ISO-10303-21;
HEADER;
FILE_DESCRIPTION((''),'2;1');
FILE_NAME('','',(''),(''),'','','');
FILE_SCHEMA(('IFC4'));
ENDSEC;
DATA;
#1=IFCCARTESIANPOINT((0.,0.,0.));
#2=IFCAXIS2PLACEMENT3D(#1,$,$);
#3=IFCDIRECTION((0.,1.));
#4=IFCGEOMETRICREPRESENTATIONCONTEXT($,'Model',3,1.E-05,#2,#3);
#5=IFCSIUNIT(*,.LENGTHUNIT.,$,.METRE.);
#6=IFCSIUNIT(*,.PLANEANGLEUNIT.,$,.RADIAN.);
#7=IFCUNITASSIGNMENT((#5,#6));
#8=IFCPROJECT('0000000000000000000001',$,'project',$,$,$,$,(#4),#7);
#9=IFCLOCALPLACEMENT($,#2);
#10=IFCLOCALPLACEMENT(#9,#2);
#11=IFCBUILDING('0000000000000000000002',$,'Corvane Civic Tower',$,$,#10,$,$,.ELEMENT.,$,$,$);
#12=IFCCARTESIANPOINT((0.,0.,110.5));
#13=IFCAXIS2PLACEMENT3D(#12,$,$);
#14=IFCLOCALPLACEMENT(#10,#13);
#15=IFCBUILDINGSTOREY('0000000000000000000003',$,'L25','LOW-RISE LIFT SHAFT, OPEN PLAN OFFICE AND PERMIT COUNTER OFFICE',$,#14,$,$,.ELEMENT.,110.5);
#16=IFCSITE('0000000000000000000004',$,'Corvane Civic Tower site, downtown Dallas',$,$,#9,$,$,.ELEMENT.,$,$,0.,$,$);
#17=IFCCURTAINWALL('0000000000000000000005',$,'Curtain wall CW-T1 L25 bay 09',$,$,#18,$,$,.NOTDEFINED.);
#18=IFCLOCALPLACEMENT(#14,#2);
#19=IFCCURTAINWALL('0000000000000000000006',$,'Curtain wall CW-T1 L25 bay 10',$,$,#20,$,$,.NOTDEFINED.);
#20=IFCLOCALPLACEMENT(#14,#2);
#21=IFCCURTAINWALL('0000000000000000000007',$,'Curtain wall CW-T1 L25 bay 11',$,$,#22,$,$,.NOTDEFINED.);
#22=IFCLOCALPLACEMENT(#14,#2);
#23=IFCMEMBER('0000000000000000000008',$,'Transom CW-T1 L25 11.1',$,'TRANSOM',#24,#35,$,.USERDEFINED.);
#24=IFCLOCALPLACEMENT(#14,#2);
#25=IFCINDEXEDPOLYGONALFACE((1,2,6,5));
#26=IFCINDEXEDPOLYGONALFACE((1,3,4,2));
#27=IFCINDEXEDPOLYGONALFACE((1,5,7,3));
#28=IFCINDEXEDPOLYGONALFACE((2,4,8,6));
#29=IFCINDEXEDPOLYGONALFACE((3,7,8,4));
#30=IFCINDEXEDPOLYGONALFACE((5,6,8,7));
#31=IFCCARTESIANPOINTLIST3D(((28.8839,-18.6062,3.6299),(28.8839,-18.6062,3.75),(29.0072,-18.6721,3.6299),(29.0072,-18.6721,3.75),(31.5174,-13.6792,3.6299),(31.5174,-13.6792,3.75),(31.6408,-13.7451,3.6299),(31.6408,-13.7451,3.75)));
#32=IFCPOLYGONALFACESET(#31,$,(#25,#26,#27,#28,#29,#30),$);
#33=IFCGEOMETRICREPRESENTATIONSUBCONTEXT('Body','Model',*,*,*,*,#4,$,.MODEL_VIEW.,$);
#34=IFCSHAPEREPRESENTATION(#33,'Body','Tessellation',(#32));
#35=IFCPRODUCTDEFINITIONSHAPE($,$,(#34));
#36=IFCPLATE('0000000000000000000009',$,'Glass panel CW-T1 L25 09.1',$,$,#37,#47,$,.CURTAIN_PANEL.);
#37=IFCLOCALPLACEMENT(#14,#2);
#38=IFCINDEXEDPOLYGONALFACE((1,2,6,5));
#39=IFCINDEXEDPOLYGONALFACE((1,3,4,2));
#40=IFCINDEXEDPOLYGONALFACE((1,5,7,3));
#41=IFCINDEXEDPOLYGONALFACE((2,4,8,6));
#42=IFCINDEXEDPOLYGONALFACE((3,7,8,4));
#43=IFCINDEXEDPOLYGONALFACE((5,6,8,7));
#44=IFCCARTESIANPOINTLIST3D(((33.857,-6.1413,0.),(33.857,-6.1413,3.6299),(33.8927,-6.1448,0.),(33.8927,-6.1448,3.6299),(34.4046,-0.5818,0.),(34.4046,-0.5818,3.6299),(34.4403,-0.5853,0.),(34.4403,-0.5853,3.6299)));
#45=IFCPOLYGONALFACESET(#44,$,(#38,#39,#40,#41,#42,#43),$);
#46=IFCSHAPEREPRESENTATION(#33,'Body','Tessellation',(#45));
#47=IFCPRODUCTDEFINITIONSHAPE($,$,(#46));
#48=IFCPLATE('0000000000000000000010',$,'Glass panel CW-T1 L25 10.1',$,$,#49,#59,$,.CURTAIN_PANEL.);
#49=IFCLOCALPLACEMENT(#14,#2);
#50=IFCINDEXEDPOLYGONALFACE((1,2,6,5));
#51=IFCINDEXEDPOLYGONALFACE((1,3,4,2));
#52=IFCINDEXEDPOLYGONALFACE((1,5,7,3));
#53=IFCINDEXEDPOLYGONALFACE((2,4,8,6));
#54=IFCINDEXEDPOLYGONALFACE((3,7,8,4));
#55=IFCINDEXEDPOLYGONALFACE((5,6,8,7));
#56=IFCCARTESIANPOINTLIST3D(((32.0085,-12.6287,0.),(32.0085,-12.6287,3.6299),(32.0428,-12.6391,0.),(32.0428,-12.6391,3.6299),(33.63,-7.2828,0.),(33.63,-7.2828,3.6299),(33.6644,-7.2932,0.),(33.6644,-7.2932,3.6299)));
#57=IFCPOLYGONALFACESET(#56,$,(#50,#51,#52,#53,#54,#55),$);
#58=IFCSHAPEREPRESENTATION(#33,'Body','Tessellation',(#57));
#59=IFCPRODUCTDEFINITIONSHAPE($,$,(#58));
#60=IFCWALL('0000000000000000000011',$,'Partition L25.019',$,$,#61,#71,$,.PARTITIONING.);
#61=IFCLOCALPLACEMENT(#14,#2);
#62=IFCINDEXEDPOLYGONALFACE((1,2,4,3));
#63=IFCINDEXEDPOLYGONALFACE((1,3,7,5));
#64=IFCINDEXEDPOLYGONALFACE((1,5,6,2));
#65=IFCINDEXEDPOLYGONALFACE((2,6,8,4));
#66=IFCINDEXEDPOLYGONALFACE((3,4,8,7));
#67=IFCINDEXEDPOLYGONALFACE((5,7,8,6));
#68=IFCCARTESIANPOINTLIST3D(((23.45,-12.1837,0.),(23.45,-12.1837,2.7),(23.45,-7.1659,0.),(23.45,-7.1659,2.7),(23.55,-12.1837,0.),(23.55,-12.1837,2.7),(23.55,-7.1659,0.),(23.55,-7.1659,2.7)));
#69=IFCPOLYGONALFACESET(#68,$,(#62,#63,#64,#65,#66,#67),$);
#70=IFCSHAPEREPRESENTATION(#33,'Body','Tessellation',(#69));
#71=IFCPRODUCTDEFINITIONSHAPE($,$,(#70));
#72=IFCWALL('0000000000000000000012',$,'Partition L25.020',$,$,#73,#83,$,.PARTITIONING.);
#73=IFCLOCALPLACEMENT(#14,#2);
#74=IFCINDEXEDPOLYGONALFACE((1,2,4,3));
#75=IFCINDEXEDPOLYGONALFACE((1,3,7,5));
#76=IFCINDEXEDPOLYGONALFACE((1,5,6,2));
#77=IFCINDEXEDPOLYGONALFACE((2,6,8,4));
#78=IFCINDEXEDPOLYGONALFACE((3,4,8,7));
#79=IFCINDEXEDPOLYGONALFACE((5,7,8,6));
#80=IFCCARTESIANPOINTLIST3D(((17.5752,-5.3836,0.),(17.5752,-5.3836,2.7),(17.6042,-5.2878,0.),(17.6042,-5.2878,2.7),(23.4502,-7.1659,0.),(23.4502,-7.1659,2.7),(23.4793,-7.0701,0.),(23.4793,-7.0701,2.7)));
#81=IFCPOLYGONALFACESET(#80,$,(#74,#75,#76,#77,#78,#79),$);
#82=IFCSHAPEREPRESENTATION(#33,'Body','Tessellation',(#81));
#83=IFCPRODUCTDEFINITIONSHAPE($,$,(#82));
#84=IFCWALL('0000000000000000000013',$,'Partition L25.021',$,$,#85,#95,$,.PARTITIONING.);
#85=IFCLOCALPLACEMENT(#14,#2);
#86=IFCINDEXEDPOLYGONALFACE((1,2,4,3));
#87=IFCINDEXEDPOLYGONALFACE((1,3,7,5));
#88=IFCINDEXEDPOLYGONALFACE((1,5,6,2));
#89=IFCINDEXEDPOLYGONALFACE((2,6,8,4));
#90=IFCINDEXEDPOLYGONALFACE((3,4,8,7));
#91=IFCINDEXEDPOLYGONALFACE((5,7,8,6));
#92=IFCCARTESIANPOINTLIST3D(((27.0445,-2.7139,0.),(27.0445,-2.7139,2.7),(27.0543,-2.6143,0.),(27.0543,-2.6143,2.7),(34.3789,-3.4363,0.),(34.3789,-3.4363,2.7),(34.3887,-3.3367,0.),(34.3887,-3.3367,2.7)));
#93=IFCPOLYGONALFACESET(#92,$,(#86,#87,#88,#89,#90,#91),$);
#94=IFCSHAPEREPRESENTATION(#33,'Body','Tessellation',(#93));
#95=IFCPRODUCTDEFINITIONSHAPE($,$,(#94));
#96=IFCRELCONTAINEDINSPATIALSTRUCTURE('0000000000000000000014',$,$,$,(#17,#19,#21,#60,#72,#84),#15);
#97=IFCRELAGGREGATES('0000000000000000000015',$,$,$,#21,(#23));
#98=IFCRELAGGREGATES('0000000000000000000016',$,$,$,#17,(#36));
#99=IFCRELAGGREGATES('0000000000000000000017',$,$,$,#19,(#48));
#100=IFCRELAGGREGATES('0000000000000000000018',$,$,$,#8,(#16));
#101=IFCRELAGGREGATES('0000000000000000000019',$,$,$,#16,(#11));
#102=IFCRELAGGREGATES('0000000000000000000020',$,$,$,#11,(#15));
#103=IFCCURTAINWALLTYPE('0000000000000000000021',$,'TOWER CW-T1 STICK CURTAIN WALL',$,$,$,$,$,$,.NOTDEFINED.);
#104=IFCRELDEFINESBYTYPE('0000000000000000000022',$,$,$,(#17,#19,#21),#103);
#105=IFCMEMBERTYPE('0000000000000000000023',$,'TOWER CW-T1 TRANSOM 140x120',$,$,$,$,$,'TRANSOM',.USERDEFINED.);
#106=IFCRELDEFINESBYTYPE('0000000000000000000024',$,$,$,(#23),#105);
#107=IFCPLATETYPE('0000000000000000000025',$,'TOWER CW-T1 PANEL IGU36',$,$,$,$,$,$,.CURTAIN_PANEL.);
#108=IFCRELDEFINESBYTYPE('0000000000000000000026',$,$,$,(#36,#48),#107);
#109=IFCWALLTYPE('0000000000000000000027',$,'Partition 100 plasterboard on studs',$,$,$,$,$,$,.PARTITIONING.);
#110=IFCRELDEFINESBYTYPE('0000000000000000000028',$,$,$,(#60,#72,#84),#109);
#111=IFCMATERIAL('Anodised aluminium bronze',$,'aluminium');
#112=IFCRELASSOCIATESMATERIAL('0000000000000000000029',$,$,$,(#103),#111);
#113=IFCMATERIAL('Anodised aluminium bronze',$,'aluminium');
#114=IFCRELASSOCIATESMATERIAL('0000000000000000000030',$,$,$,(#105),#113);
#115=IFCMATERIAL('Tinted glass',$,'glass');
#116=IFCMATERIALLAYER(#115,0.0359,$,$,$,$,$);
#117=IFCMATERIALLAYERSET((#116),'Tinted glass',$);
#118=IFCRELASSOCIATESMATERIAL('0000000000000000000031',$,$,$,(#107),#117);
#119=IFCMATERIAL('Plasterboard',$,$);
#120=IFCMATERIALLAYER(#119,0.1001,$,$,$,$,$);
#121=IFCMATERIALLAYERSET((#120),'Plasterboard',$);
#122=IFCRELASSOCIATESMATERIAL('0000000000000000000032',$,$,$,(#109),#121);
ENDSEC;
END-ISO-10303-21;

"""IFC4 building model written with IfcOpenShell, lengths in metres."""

from ifc_helpers import new_model, si_unit, direction, frame, frame_2d, origin, origin_2d, place, context, subcontext, project, spatial, rectangle, extrude, material, layer, layer_set, material_profile, profile_set, type_object, element, aggregate, save


model = new_model("IFC4")

# Units and contexts
model_context = context("Model", 3, precision=1e-05, world=origin(), true_north=direction((0.0, 1.0)))
body_context = subcontext(model_context, "Body", "Model", "MODEL_VIEW")
ifc_project = project(units=[si_unit("LENGTHUNIT", "METRE"), si_unit("PLANEANGLEUNIT", "RADIAN")], contexts=[model_context])

# Site, building, storey
site_placement = place(None, origin())
site = spatial("IfcSite", under=ifc_project, at=site_placement, Name="Corvane Civic Tower site, downtown Dallas", CompositionType="ELEMENT", RefElevation=0.0)
building_placement = place(site_placement, origin())
building = spatial("IfcBuilding", under=site, at=building_placement, Name="Corvane Civic Tower", CompositionType="ELEMENT")
storey_placement = place(building_placement, frame((0.0, 0.0, 110.5)))
storey = spatial("IfcBuildingStorey", under=building, at=storey_placement, Name="L25", Description="LOW-RISE LIFT SHAFT, OPEN PLAN OFFICE AND PERMIT COUNTER OFFICE", CompositionType="ELEMENT", Elevation=110.5)

# Curtain walls, member
ifc_material_1 = material(Name="Anodised aluminium bronze", Category="aluminium")
curtain_wall_type = type_object("IfcCurtainWallType", Name="TOWER CW-T1 STICK CURTAIN WALL", PredefinedType="NOTDEFINED", material=ifc_material_1)
curtain_wall_1_placement = place(storey_placement, origin())
curtain_wall_1 = element("IfcCurtainWall", 1, at=curtain_wall_1_placement, inside=storey, type_object=curtain_wall_type, Name="Curtain wall CW-T1 L25 bay 09", PredefinedType="NOTDEFINED")
ifc_material_2 = material(Name="Anodised aluminium bronze", Category="aluminium")
ifc_material_profile_1 = material_profile(ifc_material_2, rectangle(XDim=0.1399, YDim=0.1201, at=origin_2d()), Name="TOWER CW-T1 TRANSOM 140x120")
ifc_profile_set_1 = profile_set([ifc_material_profile_1], Name="Anodised aluminium bronze")
member_type = type_object("IfcMemberType", Name="TOWER CW-T1 TRANSOM 140x120", ElementType="TRANSOM", PredefinedType="USERDEFINED", material=ifc_profile_set_1)
curtain_wall_2_placement = place(storey_placement, origin())
curtain_wall_2 = element("IfcCurtainWall", 2, at=curtain_wall_2_placement, inside=storey, type_object=curtain_wall_type, Name="Curtain wall CW-T1 L25 bay 10", PredefinedType="NOTDEFINED")
curtain_wall_3_placement = place(storey_placement, origin())
curtain_wall_3 = element("IfcCurtainWall", 3, at=curtain_wall_3_placement, inside=storey, type_object=curtain_wall_type, Name="Curtain wall CW-T1 L25 bay 11", PredefinedType="NOTDEFINED")
member_1_placement = place(storey_placement, frame((31.5791, -13.7122, 3.6899), z_axis=(-0.471398, -0.881921, 0.0), x_axis=(0.881921, -0.471398, 0.0)))
member_1 = element("IfcMember", 4, at=member_1_placement, type_object=member_type, Name="Transom CW-T1 L25 11.1", ObjectType="TRANSOM", PredefinedType="USERDEFINED", context=body_context, shape_type="SweptSolid", body=[
    extrude(rectangle(XDim=0.1399, YDim=0.1201, at=origin_2d()), origin(), (0.0, 0.0, 1.0), 5.5867),
])
aggregate(curtain_wall_3, [member_1])

# Plates
ifc_material_3 = material(Name="Tinted glass", Category="glass")
ifc_layer_1 = layer(ifc_material_3, 0.0359)
ifc_layer_set_1 = layer_set([ifc_layer_1], Name="Tinted glass")
plate_type = type_object("IfcPlateType", Name="TOWER CW-T1 PANEL IGU36", PredefinedType="CURTAIN_PANEL", material=ifc_layer_set_1)
plate_1_placement = place(storey_placement, frame((34.1487, -3.3633, 0.0), z_axis=(0.0, 0.0, 1.0), x_axis=(-0.098027, -0.995184, 0.0)))
plate_1 = element("IfcPlate", 5, at=plate_1_placement, type_object=plate_type, Name="Glass panel CW-T1 L25 09.1", PredefinedType="CURTAIN_PANEL", context=body_context, shape_type="SweptSolid", body=[
    extrude(rectangle(XDim=5.5864, YDim=0.0359, at=origin_2d()), origin(), (0.0, 0.0, 1.0), 3.6299),
])
aggregate(curtain_wall_1, [plate_1])
plate_2_placement = place(storey_placement, frame((32.8364, -9.9609, 0.0), z_axis=(0.0, 0.0, 1.0), x_axis=(-0.290266, -0.956946, 0.0)))
plate_2 = element("IfcPlate", 6, at=plate_2_placement, type_object=plate_type, Name="Glass panel CW-T1 L25 10.1", PredefinedType="CURTAIN_PANEL", context=body_context, shape_type="SweptSolid", body=[
    extrude(rectangle(XDim=5.5864, YDim=0.0359, at=origin_2d()), origin(), (0.0, 0.0, 1.0), 3.6299),
])
aggregate(curtain_wall_2, [plate_2])

# Walls
ifc_material_4 = material(Name="Plasterboard")
ifc_layer_2 = layer(ifc_material_4, 0.1001)
ifc_layer_set_2 = layer_set([ifc_layer_2], Name="Plasterboard")
wall_type = type_object("IfcWallType", Name="Partition 100 plasterboard on studs", PredefinedType="PARTITIONING", material=ifc_layer_set_2)
wall_1_placement = place(storey_placement, frame((23.5, -12.1836, 0.0), z_axis=(0.0, 0.0, 1.0), x_axis=(0.0, 1.0, 0.0)))
element("IfcWall", 7, at=wall_1_placement, inside=storey, type_object=wall_type, Name="Partition L25.019", PredefinedType="PARTITIONING", context=body_context, shape_type="SweptSolid", body=[
    extrude(rectangle(XDim=5.0178, YDim=0.1001, at=frame_2d((2.5088, 0.0))), origin(), (0.0, 0.0, 1.0), 2.7),
])
wall_2_placement = place(storey_placement, frame((17.5896, -5.3357, 0.0), z_axis=(0.0, 0.0, 1.0), x_axis=(0.956937, -0.290294, 0.0)))
element("IfcWall", 8, at=wall_2_placement, inside=storey, type_object=wall_type, Name="Partition L25.020", PredefinedType="PARTITIONING", context=body_context, shape_type="SweptSolid", body=[
    extrude(rectangle(XDim=6.1394, YDim=0.1001, at=frame_2d((3.0698, 0.0))), origin(), (0.0, 0.0, 1.0), 2.7),
])
wall_3_placement = place(storey_placement, frame((27.0493, -2.6641, 0.0), z_axis=(0.0, 0.0, 1.0), x_axis=(0.995184, -0.098021, 0.0)))
element("IfcWall", 9, at=wall_3_placement, inside=storey, type_object=wall_type, Name="Partition L25.021", PredefinedType="PARTITIONING", context=body_context, shape_type="SweptSolid", body=[
    extrude(rectangle(XDim=7.3699, YDim=0.1001, at=frame_2d((3.6851, 0.0))), origin(), (0.0, 0.0, 1.0), 2.7),
])

save(model, "model.ifc")
